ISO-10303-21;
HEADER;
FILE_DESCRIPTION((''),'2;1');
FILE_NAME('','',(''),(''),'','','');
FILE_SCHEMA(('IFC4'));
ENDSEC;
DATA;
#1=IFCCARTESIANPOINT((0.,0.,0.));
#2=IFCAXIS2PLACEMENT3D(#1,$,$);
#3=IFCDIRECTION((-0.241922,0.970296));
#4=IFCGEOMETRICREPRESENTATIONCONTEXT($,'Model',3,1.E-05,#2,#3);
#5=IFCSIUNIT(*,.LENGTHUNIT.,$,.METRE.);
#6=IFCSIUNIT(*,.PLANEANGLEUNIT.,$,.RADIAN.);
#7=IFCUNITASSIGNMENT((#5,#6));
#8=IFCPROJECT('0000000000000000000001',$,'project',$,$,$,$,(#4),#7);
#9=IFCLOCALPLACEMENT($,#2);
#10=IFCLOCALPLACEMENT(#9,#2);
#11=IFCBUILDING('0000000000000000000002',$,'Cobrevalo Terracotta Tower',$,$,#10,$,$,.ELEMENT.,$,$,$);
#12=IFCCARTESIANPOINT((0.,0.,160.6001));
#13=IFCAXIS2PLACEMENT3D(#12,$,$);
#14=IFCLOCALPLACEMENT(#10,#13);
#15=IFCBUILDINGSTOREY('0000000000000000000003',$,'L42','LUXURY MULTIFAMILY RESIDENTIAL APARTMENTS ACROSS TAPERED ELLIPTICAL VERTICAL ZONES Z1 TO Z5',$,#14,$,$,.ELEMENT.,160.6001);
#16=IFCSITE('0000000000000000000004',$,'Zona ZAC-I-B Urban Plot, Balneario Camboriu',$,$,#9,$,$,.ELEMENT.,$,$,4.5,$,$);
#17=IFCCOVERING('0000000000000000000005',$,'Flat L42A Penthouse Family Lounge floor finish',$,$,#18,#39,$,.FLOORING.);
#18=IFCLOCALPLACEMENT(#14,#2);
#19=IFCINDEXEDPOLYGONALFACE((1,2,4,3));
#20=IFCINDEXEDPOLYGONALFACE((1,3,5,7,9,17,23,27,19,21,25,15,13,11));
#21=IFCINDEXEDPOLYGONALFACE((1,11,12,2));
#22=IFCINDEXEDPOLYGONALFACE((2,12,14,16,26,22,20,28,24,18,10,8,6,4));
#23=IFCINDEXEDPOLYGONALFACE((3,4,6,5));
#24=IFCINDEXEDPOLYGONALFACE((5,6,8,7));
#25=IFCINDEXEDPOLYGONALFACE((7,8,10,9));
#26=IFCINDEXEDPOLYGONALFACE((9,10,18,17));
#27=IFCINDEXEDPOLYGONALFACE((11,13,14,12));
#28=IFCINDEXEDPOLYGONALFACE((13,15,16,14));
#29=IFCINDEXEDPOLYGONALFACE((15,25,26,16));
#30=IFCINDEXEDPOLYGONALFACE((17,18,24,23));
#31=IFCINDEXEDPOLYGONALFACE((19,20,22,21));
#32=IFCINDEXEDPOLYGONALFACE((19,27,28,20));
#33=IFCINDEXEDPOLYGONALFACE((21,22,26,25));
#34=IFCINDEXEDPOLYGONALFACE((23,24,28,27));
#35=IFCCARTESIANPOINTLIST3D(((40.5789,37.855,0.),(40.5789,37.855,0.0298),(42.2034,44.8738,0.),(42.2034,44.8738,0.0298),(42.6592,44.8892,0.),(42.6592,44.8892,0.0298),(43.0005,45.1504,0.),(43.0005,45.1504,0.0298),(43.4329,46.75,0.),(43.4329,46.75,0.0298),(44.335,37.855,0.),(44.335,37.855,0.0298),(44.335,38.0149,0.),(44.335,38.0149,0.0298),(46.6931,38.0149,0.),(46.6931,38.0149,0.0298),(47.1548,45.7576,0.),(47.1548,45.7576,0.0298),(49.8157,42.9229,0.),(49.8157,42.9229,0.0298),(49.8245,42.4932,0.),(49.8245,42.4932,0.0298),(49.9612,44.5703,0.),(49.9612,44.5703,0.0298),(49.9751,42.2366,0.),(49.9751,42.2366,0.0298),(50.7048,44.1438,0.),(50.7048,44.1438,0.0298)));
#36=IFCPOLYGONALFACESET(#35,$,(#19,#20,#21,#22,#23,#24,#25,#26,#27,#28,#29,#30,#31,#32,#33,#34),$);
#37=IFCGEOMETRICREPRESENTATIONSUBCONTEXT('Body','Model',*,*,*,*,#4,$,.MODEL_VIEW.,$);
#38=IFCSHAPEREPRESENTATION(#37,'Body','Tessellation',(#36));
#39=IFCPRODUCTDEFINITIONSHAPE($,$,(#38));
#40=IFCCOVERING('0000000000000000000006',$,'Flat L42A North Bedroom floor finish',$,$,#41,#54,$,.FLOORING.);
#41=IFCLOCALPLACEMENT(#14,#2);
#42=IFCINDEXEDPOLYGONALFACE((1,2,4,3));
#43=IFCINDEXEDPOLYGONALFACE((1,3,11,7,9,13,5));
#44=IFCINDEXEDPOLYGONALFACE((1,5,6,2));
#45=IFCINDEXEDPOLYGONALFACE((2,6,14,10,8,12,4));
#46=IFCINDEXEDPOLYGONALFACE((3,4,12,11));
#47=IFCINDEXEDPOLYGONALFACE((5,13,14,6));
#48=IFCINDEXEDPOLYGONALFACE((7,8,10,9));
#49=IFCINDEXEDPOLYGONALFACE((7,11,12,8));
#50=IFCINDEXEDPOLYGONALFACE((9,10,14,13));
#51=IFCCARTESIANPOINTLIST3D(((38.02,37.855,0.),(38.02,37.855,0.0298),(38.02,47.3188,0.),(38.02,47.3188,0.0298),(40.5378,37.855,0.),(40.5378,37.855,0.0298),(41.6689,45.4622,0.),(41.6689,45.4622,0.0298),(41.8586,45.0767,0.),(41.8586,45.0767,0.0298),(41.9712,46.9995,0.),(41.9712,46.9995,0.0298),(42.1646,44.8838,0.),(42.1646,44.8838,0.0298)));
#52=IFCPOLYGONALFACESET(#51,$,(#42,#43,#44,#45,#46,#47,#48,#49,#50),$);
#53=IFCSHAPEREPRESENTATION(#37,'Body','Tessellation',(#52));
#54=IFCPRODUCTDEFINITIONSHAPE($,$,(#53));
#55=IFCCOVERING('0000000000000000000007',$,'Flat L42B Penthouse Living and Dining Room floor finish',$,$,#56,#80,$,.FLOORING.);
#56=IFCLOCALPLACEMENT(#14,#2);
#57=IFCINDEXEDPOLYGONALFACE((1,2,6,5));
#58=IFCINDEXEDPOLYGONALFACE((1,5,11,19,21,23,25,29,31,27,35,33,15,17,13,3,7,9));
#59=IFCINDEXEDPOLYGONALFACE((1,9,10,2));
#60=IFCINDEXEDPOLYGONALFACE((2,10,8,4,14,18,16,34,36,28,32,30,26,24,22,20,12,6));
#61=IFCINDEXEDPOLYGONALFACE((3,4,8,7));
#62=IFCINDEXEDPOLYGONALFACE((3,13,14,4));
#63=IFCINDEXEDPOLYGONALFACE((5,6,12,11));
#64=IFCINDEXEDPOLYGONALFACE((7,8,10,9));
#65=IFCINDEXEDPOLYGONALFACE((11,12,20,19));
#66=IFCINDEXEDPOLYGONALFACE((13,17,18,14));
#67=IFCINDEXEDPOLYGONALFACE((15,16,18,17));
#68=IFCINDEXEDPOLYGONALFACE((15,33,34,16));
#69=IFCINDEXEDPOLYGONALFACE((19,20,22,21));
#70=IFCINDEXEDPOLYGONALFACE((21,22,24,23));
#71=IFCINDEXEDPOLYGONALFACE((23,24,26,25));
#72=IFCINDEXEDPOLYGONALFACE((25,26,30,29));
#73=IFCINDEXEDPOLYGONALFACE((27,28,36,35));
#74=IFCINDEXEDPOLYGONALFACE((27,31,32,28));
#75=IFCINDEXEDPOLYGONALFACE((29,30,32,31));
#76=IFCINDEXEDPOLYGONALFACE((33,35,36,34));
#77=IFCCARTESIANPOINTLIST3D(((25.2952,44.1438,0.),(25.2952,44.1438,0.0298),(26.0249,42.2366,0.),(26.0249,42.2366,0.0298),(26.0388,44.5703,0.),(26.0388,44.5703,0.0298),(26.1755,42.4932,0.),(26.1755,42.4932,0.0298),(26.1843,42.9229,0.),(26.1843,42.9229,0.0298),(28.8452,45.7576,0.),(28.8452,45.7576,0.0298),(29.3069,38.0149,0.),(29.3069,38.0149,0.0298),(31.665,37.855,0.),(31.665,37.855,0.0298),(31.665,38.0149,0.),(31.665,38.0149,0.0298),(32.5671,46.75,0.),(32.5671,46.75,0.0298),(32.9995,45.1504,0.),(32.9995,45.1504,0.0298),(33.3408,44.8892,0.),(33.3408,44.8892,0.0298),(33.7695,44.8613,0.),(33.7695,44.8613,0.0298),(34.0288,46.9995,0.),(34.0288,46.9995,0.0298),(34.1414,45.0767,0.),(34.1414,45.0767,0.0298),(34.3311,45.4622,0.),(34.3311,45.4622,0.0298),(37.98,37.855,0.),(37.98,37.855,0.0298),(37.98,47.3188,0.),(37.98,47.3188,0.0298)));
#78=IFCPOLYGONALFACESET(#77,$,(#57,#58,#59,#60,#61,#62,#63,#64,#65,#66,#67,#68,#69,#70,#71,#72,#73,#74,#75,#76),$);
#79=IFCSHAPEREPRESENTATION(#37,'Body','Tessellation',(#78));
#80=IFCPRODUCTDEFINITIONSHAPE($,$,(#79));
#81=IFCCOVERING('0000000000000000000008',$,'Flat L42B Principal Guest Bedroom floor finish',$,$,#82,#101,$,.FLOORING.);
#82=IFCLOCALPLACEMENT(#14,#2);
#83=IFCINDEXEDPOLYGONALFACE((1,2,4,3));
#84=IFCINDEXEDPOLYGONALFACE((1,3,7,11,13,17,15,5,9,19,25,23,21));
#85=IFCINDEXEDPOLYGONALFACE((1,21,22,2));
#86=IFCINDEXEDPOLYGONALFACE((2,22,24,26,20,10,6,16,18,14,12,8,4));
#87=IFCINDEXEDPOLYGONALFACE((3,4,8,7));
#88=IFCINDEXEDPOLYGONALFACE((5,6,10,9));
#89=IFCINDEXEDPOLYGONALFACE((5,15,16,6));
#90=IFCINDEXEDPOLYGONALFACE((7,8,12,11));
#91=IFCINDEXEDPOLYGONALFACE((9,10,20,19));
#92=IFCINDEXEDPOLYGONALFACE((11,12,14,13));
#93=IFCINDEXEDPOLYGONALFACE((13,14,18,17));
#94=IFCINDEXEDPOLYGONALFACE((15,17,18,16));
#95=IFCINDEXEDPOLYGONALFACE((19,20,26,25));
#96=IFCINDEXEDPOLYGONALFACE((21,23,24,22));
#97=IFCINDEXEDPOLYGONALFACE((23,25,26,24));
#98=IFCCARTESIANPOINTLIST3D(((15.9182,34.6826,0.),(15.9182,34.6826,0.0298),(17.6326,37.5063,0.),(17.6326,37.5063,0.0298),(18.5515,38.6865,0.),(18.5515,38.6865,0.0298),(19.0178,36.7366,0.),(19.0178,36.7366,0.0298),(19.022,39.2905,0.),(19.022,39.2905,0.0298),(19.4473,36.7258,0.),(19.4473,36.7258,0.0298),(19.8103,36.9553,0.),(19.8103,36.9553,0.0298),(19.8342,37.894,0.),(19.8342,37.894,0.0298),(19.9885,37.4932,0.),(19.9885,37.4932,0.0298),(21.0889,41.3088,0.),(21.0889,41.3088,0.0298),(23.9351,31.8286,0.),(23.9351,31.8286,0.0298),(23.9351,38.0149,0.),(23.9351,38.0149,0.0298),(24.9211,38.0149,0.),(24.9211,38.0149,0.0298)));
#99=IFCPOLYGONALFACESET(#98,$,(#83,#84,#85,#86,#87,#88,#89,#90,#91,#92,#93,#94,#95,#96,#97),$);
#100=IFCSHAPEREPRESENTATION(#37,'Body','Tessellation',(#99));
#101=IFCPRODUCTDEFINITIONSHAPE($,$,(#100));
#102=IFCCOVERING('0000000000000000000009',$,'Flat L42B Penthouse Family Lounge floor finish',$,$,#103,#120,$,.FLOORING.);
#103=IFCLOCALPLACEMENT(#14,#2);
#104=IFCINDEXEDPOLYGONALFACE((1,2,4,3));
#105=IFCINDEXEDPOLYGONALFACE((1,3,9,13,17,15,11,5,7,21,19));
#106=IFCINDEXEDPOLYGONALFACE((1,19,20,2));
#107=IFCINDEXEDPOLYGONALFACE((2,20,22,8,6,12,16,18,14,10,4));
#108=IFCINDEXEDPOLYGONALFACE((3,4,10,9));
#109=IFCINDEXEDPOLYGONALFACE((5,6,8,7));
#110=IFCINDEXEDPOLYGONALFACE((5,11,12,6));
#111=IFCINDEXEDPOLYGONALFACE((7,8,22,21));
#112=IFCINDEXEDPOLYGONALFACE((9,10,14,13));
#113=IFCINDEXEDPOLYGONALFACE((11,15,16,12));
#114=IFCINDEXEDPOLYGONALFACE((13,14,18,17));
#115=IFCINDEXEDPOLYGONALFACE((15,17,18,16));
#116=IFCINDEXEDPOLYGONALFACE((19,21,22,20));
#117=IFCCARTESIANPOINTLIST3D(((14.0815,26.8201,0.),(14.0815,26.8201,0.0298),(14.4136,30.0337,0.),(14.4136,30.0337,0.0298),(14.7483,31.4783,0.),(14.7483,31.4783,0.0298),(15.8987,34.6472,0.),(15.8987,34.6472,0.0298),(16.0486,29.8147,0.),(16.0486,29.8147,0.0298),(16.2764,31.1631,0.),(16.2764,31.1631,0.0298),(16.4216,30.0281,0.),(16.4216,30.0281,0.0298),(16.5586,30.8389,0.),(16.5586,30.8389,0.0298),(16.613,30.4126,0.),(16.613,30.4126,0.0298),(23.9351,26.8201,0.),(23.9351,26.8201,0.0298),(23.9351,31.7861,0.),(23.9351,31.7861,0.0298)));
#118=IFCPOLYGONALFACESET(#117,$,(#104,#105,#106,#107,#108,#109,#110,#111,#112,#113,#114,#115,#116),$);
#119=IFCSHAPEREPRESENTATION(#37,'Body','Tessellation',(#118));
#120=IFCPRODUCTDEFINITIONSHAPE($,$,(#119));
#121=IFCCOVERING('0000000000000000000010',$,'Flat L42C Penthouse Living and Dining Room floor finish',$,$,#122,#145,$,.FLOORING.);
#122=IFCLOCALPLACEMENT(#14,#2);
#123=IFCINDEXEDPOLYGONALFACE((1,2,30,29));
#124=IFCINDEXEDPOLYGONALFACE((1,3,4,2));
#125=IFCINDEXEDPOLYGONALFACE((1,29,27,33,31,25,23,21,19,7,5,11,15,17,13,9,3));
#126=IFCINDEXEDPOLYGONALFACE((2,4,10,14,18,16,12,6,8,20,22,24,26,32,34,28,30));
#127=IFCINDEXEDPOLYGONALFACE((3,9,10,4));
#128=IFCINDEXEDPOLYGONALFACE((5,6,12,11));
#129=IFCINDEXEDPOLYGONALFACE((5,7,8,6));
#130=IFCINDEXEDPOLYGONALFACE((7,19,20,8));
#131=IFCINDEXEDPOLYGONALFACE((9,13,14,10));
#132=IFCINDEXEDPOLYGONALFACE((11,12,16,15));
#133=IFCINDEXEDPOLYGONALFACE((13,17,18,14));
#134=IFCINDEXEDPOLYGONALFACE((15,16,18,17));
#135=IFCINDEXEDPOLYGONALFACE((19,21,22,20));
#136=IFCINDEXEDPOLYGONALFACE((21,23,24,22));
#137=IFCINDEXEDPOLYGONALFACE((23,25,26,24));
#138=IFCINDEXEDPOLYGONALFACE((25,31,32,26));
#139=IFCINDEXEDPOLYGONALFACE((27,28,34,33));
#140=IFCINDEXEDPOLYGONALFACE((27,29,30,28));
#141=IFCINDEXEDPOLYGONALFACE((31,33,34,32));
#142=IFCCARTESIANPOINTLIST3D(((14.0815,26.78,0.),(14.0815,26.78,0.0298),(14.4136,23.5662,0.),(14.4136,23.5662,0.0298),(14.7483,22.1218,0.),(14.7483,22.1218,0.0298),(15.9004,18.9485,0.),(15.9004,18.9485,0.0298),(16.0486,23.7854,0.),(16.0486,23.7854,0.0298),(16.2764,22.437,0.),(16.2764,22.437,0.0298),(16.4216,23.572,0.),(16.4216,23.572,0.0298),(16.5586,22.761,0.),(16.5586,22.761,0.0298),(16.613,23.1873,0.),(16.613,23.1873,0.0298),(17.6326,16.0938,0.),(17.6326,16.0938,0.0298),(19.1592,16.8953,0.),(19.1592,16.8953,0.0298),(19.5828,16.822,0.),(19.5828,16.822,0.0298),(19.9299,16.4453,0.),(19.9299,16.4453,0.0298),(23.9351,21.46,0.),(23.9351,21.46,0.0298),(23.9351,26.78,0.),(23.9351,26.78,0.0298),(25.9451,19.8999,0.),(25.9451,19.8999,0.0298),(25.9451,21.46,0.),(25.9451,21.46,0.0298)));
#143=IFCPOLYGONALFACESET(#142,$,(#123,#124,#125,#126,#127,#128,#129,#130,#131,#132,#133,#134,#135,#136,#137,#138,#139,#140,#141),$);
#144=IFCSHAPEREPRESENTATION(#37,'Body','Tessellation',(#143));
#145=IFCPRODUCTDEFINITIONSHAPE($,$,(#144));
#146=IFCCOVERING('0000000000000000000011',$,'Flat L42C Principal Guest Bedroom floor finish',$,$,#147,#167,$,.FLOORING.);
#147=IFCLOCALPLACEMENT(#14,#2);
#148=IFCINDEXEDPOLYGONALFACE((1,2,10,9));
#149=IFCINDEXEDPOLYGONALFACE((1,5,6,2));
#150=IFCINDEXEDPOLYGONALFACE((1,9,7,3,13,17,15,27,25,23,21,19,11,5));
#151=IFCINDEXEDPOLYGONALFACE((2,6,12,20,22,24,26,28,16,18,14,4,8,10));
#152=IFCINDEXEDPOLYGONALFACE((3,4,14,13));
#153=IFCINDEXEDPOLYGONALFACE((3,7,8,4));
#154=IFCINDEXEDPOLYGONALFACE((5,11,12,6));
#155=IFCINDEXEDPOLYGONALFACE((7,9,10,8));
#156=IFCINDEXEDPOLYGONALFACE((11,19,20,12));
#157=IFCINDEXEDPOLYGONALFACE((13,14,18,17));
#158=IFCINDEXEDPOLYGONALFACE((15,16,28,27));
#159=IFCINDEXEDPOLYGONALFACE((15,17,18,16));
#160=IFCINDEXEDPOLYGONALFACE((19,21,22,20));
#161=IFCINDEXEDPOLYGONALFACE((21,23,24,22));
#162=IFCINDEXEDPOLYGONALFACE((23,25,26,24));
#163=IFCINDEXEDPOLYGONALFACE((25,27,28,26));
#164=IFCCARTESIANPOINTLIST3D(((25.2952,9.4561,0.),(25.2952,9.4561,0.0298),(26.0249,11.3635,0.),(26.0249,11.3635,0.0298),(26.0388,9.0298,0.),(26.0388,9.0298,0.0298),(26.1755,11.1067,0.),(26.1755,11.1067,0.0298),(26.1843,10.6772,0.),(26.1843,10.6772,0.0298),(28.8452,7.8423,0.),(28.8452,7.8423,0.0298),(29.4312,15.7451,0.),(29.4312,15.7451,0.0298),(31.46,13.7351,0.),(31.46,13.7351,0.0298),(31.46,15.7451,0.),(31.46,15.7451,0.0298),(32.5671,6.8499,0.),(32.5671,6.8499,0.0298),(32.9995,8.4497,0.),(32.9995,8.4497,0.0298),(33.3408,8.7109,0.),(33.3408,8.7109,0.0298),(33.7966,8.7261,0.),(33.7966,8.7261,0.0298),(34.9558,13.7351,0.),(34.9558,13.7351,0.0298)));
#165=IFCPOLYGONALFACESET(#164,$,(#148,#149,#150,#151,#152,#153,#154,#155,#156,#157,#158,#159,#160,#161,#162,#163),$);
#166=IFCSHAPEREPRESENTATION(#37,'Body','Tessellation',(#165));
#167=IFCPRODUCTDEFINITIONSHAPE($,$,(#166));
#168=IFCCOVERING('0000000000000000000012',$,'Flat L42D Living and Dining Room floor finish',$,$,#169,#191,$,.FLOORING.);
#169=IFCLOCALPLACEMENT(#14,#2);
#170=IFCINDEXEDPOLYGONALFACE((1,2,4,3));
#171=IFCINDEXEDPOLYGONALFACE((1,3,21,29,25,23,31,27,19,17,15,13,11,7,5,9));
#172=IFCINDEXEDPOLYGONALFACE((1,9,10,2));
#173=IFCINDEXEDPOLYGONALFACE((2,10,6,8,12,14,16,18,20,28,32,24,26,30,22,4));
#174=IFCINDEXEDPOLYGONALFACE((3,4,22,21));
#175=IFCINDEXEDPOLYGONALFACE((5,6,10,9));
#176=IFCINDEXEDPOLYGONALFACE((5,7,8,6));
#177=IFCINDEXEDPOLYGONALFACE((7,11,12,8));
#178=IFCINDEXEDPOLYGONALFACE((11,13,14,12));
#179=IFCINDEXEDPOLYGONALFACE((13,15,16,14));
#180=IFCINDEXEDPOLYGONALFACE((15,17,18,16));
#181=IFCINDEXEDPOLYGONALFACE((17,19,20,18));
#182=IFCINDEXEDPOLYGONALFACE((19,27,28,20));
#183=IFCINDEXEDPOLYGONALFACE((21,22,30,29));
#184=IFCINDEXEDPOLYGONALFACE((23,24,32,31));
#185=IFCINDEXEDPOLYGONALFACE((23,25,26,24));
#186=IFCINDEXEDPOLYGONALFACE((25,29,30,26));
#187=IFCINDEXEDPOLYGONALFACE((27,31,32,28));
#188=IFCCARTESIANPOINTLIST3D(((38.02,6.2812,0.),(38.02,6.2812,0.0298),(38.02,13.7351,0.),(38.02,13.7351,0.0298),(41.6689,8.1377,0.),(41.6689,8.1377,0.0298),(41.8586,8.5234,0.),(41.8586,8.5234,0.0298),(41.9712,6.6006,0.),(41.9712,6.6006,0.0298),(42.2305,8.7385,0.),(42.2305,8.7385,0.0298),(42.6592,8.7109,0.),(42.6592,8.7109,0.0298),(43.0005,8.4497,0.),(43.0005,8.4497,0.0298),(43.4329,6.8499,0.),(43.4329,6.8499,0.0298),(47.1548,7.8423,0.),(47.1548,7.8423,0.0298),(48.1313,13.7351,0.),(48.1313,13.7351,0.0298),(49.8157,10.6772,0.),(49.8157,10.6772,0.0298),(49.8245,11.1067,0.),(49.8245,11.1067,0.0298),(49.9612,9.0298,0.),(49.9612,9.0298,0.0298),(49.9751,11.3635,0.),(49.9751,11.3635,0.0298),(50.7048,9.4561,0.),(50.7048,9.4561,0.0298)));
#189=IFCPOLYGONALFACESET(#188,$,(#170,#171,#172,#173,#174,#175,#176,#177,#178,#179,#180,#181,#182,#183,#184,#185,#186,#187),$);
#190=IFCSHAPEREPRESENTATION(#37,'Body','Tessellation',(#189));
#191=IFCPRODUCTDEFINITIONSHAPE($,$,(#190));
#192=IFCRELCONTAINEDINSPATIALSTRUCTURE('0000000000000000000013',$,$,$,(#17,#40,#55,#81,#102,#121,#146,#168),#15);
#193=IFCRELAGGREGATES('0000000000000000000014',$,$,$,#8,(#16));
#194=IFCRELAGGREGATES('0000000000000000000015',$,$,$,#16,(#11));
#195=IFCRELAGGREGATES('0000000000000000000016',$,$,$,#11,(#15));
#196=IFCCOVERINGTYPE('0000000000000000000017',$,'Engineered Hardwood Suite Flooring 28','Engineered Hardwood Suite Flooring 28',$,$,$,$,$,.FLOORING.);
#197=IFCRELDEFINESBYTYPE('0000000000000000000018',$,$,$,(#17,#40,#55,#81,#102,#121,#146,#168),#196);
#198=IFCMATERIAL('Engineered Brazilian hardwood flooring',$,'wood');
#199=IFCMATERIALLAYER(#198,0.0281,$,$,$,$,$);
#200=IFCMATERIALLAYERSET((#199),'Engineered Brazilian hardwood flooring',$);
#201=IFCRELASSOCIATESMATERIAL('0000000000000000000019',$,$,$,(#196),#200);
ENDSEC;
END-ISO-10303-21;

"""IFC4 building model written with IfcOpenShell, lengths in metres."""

from ifc_helpers import new_model, si_unit, direction, frame, origin, place, context, subcontext, project, spatial, polyline, outline, extrude, material, layer, layer_set, type_object, element, save


model = new_model("IFC4")

# Units and contexts
model_context = context("Model", 3, precision=1e-05, world=origin(), true_north=direction((-0.241922, 0.970296)))
body_context = subcontext(model_context, "Body", "Model", "MODEL_VIEW")
ifc_project = project(units=[si_unit("LENGTHUNIT", "METRE"), si_unit("PLANEANGLEUNIT", "RADIAN")], contexts=[model_context])

# Site, building, storey
site_placement = place(None, origin())
site = spatial("IfcSite", under=ifc_project, at=site_placement, Name="Zona ZAC-I-B Urban Plot, Balneario Camboriu", CompositionType="ELEMENT", RefElevation=4.5)
building_placement = place(site_placement, origin())
building = spatial("IfcBuilding", under=site, at=building_placement, Name="Cobrevalo Terracotta Tower", CompositionType="ELEMENT")
storey_placement = place(building_placement, frame((0.0, 0.0, 160.6001)))
storey = spatial("IfcBuildingStorey", under=building, at=storey_placement, Name="L42", Description="LUXURY MULTIFAMILY RESIDENTIAL APARTMENTS ACROSS TAPERED ELLIPTICAL VERTICAL ZONES Z1 TO Z5", CompositionType="ELEMENT", Elevation=160.6001)

# Coverings
ifc_material_1 = material(Name="Engineered Brazilian hardwood flooring", Category="wood")
ifc_layer_1 = layer(ifc_material_1, 0.0281)
ifc_layer_set_1 = layer_set([ifc_layer_1], Name="Engineered Brazilian hardwood flooring")
covering_type_1 = type_object("IfcCoveringType", Name="Engineered Hardwood Suite Flooring 28", Description="Engineered Hardwood Suite Flooring 28", PredefinedType="FLOORING", material=ifc_layer_set_1)
covering_1_placement = place(storey_placement, origin())
element("IfcCovering", 1, at=covering_1_placement, inside=storey, type_object=covering_type_1, Name="Flat L42A Penthouse Family Lounge floor finish", PredefinedType="FLOORING", context=body_context, shape_type="SweptSolid", body=[
    extrude(outline(polyline([(49.9612, 44.5703), (50.7048, 44.1438), (49.8157, 42.9229), (49.8245, 42.4932), (49.9751, 42.2366), (46.6931, 38.0149), (44.335, 38.0149), (44.335, 37.855), (40.5789, 37.855), (42.2034, 44.8738), (42.6592, 44.8892), (43.0005, 45.1504), (43.4329, 46.75), (47.1548, 45.7576), (49.9612, 44.5703)])), origin(), (0.0, 0.0, 1.0), 0.0298),
])
covering_2_placement = place(storey_placement, origin())
element("IfcCovering", 2, at=covering_2_placement, inside=storey, type_object=covering_type_1, Name="Flat L42A North Bedroom floor finish", PredefinedType="FLOORING", context=body_context, shape_type="SweptSolid", body=[
    extrude(outline(polyline([(38.02, 47.3188), (41.9712, 46.9995), (41.6689, 45.4622), (41.8586, 45.0767), (42.1646, 44.8838), (40.5378, 37.855), (38.02, 37.855), (38.02, 47.3188)])), origin(), (0.0, 0.0, 1.0), 0.0298),
])
covering_3_placement = place(storey_placement, origin())
element("IfcCovering", 3, at=covering_3_placement, inside=storey, type_object=covering_type_1, Name="Flat L42B Penthouse Living and Dining Room floor finish", PredefinedType="FLOORING", context=body_context, shape_type="SweptSolid", body=[
    extrude(outline(polyline([(28.8452, 45.7576), (32.5671, 46.75), (32.9995, 45.1504), (33.3408, 44.8892), (33.7695, 44.8613), (34.1414, 45.0767), (34.3311, 45.4622), (34.0288, 46.9995), (37.98, 47.3188), (37.98, 37.855), (31.665, 37.855), (31.665, 38.0149), (29.3069, 38.0149), (26.0249, 42.2366), (26.1755, 42.4932), (26.1843, 42.9229), (25.2952, 44.1438), (26.0388, 44.5703), (28.8452, 45.7576)])), origin(), (0.0, 0.0, 1.0), 0.0298),
])
covering_4_placement = place(storey_placement, origin())
element("IfcCovering", 4, at=covering_4_placement, inside=storey, type_object=covering_type_1, Name="Flat L42B Principal Guest Bedroom floor finish", PredefinedType="FLOORING", context=body_context, shape_type="SweptSolid", body=[
    extrude(outline(polyline([(17.6326, 37.5063), (19.0178, 36.7366), (19.4473, 36.7258), (19.8103, 36.9553), (19.9885, 37.4932), (19.8342, 37.894), (18.5515, 38.6865), (19.022, 39.2905), (21.0889, 41.3088), (24.9211, 38.0149), (23.9351, 38.0149), (23.9351, 31.8286), (15.9182, 34.6826), (17.6326, 37.5063)])), origin(), (0.0, 0.0, 1.0), 0.0298),
])
covering_5_placement = place(storey_placement, origin())
element("IfcCovering", 5, at=covering_5_placement, inside=storey, type_object=covering_type_1, Name="Flat L42B Penthouse Family Lounge floor finish", PredefinedType="FLOORING", context=body_context, shape_type="SweptSolid", body=[
    extrude(outline(polyline([(23.9351, 31.7861), (23.9351, 26.8201), (14.0815, 26.8201), (14.4136, 30.0337), (16.0486, 29.8147), (16.4216, 30.0281), (16.613, 30.4126), (16.5586, 30.8389), (16.2764, 31.1631), (14.7483, 31.4783), (15.8987, 34.6472), (23.9351, 31.7861)])), origin(), (0.0, 0.0, 1.0), 0.0298),
])
covering_6_placement = place(storey_placement, origin())
element("IfcCovering", 6, at=covering_6_placement, inside=storey, type_object=covering_type_1, Name="Flat L42C Penthouse Living and Dining Room floor finish", PredefinedType="FLOORING", context=body_context, shape_type="SweptSolid", body=[
    extrude(outline(polyline([(15.9004, 18.9485), (14.7483, 22.1218), (16.2764, 22.437), (16.5586, 22.761), (16.613, 23.1873), (16.4216, 23.572), (16.0486, 23.7854), (14.4136, 23.5662), (14.0815, 26.78), (23.9351, 26.78), (23.9351, 21.46), (25.9451, 21.46), (25.9451, 19.8999), (19.9299, 16.4453), (19.5828, 16.822), (19.1592, 16.8953), (17.6326, 16.0938), (15.9004, 18.9485)])), origin(), (0.0, 0.0, 1.0), 0.0298),
])
covering_7_placement = place(storey_placement, origin())
element("IfcCovering", 7, at=covering_7_placement, inside=storey, type_object=covering_type_1, Name="Flat L42C Principal Guest Bedroom floor finish", PredefinedType="FLOORING", context=body_context, shape_type="SweptSolid", body=[
    extrude(outline(polyline([(26.0388, 9.0298), (25.2952, 9.4561), (26.1843, 10.6772), (26.1755, 11.1067), (26.0249, 11.3635), (29.4312, 15.7451), (31.46, 15.7451), (31.46, 13.7351), (34.9558, 13.7351), (33.7966, 8.7261), (33.3408, 8.7109), (32.9995, 8.4497), (32.5671, 6.8499), (28.8452, 7.8423), (26.0388, 9.0298)])), origin(), (0.0, 0.0, 1.0), 0.0298),
])
covering_8_placement = place(storey_placement, origin())
element("IfcCovering", 8, at=covering_8_placement, inside=storey, type_object=covering_type_1, Name="Flat L42D Living and Dining Room floor finish", PredefinedType="FLOORING", context=body_context, shape_type="SweptSolid", body=[
    extrude(outline(polyline([(47.1548, 7.8423), (43.4329, 6.8499), (43.0005, 8.4497), (42.6592, 8.7109), (42.2305, 8.7385), (41.8586, 8.5234), (41.6689, 8.1377), (41.9712, 6.6006), (38.02, 6.2812), (38.02, 13.7351), (48.1313, 13.7351), (49.9751, 11.3635), (49.8245, 11.1067), (49.8157, 10.6772), (50.7048, 9.4561), (49.9612, 9.0298), (47.1548, 7.8423)])), origin(), (0.0, 0.0, 1.0), 0.0298),
])

save(model, "model.ifc")
